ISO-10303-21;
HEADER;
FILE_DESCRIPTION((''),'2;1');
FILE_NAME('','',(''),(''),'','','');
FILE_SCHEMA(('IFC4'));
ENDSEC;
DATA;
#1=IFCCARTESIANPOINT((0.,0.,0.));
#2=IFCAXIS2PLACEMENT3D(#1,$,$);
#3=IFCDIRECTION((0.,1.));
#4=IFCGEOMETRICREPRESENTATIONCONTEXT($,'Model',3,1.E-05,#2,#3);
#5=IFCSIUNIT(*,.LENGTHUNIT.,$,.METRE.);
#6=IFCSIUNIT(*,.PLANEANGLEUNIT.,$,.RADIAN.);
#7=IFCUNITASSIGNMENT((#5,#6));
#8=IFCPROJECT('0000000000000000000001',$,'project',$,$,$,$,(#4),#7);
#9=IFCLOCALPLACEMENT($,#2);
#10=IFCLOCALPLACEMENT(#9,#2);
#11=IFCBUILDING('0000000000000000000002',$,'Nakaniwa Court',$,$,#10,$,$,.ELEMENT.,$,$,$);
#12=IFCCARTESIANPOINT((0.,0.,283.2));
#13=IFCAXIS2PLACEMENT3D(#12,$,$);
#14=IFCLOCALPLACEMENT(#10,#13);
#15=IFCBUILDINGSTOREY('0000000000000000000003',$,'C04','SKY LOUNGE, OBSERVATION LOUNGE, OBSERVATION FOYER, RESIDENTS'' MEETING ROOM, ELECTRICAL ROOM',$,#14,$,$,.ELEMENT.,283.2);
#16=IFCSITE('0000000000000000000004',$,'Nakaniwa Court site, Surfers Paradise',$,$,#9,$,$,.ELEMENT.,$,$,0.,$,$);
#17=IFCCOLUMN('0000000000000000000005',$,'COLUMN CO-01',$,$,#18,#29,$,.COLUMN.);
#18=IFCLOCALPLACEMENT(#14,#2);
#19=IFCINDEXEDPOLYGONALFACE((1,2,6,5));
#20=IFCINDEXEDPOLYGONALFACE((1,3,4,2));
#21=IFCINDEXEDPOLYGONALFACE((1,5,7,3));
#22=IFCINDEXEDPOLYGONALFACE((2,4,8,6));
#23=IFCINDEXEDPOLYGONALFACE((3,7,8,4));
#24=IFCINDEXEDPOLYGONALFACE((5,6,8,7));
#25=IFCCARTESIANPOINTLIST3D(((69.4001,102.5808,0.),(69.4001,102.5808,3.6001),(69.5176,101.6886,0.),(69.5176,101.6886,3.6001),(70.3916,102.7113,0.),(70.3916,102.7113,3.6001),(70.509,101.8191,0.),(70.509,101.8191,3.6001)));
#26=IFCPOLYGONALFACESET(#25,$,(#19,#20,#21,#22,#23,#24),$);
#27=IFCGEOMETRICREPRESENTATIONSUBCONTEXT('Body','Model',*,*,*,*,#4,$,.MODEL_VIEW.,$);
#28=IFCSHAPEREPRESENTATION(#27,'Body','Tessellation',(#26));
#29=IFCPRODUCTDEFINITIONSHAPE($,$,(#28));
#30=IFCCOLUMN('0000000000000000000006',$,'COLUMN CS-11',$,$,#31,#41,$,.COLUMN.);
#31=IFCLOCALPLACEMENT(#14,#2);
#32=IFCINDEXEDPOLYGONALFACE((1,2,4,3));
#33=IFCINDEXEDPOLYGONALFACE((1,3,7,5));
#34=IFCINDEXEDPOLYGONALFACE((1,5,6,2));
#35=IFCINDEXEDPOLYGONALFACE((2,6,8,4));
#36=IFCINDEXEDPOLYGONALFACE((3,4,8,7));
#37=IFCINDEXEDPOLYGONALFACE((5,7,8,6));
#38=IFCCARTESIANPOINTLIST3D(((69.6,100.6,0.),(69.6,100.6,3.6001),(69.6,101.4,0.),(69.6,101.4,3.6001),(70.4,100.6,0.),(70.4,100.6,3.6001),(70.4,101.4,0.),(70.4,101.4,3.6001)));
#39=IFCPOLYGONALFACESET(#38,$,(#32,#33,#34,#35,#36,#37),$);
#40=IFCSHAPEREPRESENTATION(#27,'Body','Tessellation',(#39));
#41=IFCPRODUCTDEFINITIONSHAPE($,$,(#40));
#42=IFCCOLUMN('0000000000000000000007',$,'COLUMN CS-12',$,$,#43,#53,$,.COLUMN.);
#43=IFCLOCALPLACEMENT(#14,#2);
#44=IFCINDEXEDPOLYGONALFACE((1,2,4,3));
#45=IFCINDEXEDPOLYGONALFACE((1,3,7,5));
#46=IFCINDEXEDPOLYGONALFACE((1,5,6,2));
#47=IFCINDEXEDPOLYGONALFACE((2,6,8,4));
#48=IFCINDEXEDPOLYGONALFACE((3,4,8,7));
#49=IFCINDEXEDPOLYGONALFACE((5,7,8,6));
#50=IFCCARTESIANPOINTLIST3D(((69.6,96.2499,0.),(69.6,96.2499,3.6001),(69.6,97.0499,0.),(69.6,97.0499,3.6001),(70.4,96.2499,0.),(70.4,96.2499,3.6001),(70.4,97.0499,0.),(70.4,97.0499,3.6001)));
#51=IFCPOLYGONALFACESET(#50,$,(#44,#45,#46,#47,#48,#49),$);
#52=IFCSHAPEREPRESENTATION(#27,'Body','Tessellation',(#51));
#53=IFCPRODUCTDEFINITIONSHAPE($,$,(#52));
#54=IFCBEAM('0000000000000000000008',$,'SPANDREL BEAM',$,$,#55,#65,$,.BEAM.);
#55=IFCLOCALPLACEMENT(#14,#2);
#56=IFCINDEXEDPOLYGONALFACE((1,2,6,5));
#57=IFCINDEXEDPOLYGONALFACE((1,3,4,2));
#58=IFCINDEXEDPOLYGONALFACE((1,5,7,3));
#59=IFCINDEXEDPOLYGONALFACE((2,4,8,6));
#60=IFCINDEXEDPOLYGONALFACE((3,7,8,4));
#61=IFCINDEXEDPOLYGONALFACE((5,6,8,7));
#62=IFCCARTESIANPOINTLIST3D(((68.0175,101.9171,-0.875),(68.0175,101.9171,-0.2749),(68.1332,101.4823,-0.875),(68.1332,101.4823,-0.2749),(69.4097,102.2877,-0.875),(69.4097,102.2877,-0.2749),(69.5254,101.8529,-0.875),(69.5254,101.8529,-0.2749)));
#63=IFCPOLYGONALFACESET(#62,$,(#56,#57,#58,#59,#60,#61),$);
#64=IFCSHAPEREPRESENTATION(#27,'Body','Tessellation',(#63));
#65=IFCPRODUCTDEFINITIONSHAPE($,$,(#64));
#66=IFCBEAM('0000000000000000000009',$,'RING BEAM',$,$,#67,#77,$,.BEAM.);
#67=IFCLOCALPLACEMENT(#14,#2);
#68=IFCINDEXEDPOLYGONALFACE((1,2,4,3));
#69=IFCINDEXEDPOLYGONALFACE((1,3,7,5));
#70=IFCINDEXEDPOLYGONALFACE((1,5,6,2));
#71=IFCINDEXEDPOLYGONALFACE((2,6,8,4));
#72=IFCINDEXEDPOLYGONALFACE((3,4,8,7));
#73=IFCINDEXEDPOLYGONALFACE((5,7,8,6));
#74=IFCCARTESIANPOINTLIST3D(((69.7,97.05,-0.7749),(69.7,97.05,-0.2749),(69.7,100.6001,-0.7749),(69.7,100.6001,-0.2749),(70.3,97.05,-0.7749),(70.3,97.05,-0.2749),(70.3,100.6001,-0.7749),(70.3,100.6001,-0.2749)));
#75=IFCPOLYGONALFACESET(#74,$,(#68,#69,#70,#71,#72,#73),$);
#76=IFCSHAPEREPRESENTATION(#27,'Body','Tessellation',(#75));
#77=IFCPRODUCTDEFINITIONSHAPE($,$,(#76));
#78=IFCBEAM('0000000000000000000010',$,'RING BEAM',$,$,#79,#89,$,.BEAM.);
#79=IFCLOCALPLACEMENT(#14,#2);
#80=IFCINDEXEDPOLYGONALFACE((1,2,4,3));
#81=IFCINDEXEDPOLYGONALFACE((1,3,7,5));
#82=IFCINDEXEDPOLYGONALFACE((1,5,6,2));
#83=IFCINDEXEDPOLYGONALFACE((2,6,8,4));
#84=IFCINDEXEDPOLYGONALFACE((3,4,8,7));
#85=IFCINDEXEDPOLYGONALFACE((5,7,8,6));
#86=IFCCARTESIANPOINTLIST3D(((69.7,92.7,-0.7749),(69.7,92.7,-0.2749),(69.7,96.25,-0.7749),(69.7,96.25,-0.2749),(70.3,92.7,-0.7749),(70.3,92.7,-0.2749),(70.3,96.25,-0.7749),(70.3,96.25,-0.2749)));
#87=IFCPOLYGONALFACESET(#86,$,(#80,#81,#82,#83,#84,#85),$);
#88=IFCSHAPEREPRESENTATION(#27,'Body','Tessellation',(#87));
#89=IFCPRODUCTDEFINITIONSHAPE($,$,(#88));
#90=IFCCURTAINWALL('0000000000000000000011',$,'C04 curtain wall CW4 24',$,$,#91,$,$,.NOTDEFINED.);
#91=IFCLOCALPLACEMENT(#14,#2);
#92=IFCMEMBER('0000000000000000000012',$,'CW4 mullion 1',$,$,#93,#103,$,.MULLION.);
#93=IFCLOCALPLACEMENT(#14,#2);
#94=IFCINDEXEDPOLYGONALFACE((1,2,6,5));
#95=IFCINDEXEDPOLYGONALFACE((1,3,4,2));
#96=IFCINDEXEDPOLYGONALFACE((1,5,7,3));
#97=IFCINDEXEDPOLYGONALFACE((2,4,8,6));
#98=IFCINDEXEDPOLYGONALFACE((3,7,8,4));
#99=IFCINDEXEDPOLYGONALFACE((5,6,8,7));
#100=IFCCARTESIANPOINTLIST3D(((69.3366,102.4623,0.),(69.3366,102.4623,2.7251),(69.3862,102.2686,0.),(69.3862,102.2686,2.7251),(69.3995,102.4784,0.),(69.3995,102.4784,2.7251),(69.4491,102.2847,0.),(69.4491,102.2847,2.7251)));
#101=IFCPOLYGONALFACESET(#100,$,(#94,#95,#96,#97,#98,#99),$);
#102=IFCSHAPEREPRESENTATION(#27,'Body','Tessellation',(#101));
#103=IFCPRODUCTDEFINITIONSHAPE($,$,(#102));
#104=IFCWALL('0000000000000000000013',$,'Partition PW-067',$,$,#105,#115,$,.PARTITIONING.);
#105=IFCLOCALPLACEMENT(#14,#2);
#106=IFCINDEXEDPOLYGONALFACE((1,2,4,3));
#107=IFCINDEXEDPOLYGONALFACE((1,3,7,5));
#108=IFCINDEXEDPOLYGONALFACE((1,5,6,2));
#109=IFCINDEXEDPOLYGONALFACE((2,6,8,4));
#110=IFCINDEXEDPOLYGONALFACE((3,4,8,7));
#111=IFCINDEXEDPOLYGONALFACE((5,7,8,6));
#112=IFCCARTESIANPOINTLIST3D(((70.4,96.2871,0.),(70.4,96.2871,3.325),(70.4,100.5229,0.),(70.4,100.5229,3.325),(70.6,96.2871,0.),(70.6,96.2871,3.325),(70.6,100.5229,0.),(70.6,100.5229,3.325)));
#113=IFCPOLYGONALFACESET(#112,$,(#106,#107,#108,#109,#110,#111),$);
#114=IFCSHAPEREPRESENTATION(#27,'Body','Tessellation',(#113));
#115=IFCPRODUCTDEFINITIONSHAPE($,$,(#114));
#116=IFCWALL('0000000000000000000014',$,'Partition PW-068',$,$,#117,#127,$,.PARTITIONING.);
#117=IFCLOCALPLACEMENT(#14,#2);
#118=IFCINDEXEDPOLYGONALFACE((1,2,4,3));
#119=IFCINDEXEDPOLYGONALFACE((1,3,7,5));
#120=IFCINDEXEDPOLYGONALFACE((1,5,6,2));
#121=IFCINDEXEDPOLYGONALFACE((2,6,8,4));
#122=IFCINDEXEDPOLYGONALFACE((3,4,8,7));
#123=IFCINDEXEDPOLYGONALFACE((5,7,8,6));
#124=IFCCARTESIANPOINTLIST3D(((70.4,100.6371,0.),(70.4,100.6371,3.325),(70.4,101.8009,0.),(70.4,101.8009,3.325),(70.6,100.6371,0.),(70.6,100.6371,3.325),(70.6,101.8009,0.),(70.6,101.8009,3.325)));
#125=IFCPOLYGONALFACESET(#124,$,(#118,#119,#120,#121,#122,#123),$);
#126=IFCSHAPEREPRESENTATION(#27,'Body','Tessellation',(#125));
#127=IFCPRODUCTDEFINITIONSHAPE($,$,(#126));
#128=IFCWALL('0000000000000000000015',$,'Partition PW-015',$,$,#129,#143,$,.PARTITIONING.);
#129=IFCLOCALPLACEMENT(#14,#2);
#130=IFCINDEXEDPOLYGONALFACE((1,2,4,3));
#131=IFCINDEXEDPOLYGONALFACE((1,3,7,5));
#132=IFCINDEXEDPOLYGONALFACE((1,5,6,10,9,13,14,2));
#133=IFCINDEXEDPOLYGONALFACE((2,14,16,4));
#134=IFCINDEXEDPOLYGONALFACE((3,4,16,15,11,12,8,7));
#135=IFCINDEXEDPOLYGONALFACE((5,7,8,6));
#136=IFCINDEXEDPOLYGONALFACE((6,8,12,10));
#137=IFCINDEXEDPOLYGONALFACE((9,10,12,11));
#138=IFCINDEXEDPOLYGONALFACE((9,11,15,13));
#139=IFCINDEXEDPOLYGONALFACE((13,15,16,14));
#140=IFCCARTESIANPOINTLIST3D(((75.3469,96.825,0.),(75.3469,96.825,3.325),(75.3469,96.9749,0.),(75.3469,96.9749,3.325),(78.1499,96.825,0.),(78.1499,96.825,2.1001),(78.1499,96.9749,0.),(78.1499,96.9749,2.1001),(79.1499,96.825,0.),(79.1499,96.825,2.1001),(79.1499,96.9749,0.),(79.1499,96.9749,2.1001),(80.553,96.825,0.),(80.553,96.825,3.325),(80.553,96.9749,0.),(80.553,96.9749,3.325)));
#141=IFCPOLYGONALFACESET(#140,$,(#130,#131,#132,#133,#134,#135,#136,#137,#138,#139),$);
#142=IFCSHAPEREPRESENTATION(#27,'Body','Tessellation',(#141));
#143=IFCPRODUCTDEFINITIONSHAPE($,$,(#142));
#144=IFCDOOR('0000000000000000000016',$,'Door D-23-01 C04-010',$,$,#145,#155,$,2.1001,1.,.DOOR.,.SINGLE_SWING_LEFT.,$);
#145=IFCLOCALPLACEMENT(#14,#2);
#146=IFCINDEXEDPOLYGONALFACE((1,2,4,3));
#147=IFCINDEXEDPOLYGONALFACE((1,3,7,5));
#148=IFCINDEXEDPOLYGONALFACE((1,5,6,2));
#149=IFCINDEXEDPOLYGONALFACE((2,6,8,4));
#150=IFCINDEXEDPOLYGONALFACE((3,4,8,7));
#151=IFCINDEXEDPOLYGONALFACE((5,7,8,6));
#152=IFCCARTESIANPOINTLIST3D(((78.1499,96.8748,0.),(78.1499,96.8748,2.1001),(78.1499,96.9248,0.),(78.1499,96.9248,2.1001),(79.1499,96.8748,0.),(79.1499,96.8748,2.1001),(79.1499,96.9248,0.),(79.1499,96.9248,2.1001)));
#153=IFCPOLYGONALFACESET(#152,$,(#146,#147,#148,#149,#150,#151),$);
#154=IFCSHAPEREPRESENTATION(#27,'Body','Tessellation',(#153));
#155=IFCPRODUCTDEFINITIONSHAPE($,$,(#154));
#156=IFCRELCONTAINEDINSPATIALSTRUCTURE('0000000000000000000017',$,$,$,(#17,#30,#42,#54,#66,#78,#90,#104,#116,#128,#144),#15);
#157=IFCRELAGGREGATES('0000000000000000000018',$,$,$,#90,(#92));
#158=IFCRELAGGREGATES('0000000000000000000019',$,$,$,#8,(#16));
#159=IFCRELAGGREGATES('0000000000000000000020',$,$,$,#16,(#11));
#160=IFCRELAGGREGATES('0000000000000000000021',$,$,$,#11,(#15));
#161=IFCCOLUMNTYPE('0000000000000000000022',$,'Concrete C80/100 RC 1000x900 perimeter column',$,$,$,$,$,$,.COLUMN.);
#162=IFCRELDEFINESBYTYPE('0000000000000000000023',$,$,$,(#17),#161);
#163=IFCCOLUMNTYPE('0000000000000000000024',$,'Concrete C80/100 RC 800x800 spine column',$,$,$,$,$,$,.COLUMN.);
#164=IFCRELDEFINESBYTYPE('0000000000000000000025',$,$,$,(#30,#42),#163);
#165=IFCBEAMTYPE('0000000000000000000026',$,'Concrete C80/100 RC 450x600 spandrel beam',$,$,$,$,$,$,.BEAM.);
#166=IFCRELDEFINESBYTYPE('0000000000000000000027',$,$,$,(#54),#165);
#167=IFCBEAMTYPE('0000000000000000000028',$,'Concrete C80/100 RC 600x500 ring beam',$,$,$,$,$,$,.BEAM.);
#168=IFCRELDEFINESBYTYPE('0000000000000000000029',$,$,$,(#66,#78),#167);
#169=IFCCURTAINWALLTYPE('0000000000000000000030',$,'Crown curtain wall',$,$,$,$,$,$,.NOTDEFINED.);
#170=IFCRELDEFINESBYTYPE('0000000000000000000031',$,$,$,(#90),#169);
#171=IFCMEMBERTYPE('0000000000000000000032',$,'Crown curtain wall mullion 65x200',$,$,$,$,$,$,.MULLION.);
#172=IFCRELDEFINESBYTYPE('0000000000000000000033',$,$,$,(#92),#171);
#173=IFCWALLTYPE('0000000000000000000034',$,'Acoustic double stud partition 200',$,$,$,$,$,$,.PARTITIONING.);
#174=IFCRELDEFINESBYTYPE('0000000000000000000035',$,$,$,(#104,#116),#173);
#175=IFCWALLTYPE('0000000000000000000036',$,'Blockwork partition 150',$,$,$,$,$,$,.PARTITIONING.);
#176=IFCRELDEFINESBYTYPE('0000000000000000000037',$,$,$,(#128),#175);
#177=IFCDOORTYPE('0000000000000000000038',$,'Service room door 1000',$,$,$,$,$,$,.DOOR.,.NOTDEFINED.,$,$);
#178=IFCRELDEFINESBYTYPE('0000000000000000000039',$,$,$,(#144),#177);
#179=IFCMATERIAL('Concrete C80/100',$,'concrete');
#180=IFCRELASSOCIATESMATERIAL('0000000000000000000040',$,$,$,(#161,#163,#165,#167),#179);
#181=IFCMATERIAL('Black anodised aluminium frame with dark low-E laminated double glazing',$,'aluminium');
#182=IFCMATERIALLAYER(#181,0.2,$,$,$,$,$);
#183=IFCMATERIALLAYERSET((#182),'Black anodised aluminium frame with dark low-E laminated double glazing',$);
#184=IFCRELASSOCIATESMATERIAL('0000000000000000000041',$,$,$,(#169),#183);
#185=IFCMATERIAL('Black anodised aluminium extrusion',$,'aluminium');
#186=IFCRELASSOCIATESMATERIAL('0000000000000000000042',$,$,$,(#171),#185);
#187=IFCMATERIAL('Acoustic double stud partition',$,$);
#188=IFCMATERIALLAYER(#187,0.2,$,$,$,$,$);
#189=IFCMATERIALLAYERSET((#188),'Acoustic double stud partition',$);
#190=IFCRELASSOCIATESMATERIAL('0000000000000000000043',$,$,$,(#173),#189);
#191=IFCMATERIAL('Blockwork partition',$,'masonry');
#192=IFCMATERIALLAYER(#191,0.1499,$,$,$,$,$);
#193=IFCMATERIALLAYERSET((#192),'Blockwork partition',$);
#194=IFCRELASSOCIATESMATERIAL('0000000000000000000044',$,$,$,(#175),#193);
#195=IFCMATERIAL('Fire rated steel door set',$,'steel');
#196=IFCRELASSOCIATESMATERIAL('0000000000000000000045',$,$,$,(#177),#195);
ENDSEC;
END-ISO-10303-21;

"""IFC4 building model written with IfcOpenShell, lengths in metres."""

from ifc_helpers import new_model, si_unit, direction, frame, frame_2d, origin, origin_2d, place, context, subcontext, project, spatial, rectangle, extrude, material, layer, layer_set, material_profile, profile_set, type_object, element, fill, aggregate, save


model = new_model("IFC4")

# Units and contexts
model_context = context("Model", 3, precision=1e-05, world=origin(), true_north=direction((0.0, 1.0)))
body_context = subcontext(model_context, "Body", "Model", "MODEL_VIEW")
ifc_project = project(units=[si_unit("LENGTHUNIT", "METRE"), si_unit("PLANEANGLEUNIT", "RADIAN")], contexts=[model_context])

# Site, building, storey
site_placement = place(None, origin())
site = spatial("IfcSite", under=ifc_project, at=site_placement, Name="Nakaniwa Court site, Surfers Paradise", CompositionType="ELEMENT", RefElevation=0.0)
building_placement = place(site_placement, origin())
building = spatial("IfcBuilding", under=site, at=building_placement, Name="Nakaniwa Court", CompositionType="ELEMENT")
storey_placement = place(building_placement, frame((0.0, 0.0, 283.2)))
storey = spatial("IfcBuildingStorey", under=building, at=storey_placement, Name="C04", Description="SKY LOUNGE, OBSERVATION LOUNGE, OBSERVATION FOYER, RESIDENTS' MEETING ROOM, ELECTRICAL ROOM", CompositionType="ELEMENT", Elevation=283.2)

# Columns
ifc_material_1 = material(Name="Concrete C80/100", Category="concrete")
ifc_material_profile_1 = material_profile(ifc_material_1, rectangle(XDim=1.0, YDim=0.8999, at=origin_2d()), Name="Concrete C80/100 RC 1000x900 perimeter column")
ifc_profile_set_1 = profile_set([ifc_material_profile_1], Name="Concrete C80/100")
column_type_1 = type_object("IfcColumnType", Name="Concrete C80/100 RC 1000x900 perimeter column", PredefinedType="COLUMN", material=ifc_profile_set_1)
column_placement = place(storey_placement, frame((69.9546, 102.2, 0.0), z_axis=(0.0, 0.0, 1.0), x_axis=(-0.991443, -0.130543, 0.0)))
element("IfcColumn", 1, at=column_placement, inside=storey, type_object=column_type_1, Name="COLUMN CO-01", PredefinedType="COLUMN", context=body_context, shape_type="SweptSolid", body=[
    extrude(rectangle(XDim=1.0, YDim=0.8999, at=origin_2d()), origin(), (0.0, 0.0, 1.0), 3.6001),
])
ifc_material_profile_2 = material_profile(ifc_material_1, rectangle(XDim=0.8, YDim=0.8, at=origin_2d()), Name="Concrete C80/100 RC 800x800 spine column")
ifc_profile_set_2 = profile_set([ifc_material_profile_2], Name="Concrete C80/100")
column_type_2 = type_object("IfcColumnType", Name="Concrete C80/100 RC 800x800 spine column", PredefinedType="COLUMN", material=ifc_profile_set_2)
for number, where, z_axis, x_axis, name in (
    (2, (70.0, 101.0, 0.0), (0.0, 0.0, 1.0), (0.0, -1.0, 0.0), "COLUMN CS-11"),
    (3, (70.0, 96.6499, 0.0), (0.0, 0.0, 1.0), (0.0, -1.0, 0.0), "COLUMN CS-12"),
):
    element("IfcColumn", number, at=place(storey_placement, frame(where, z_axis=z_axis, x_axis=x_axis)), inside=storey, type_object=column_type_2, Name=name, PredefinedType="COLUMN", context=body_context, shape_type="SweptSolid", body=[
        extrude(rectangle(XDim=0.8, YDim=0.8, at=origin_2d()), origin(), (0.0, 0.0, 1.0), 3.6001),
    ])

# Beams
ifc_material_profile_3 = material_profile(ifc_material_1, rectangle(XDim=0.45, YDim=0.6001, at=origin_2d()), Name="Concrete C80/100 RC 450x600 spandrel beam")
ifc_profile_set_3 = profile_set([ifc_material_profile_3], Name="Concrete C80/100")
beam_type_1 = type_object("IfcBeamType", Name="Concrete C80/100 RC 450x600 spandrel beam", PredefinedType="BEAM", material=ifc_profile_set_3)
beam_placement = place(storey_placement, frame((69.4675, 102.0703, -0.575), z_axis=(-0.966342, -0.257262, 0.0), x_axis=(0.257262, -0.966342, 0.0)))
element("IfcBeam", 4, at=beam_placement, inside=storey, type_object=beam_type_1, Name="SPANDREL BEAM", PredefinedType="BEAM", context=body_context, shape_type="SweptSolid", body=[
    extrude(rectangle(XDim=0.45, YDim=0.6001, at=origin_2d()), origin(), (0.0, 0.0, 1.0), 1.4407),
])
ifc_material_profile_4 = material_profile(ifc_material_1, rectangle(XDim=0.6001, YDim=0.5, at=origin_2d()), Name="Concrete C80/100 RC 600x500 ring beam")
ifc_profile_set_4 = profile_set([ifc_material_profile_4], Name="Concrete C80/100")
beam_type_2 = type_object("IfcBeamType", Name="Concrete C80/100 RC 600x500 ring beam", PredefinedType="BEAM", material=ifc_profile_set_4)
for number, where, z_axis, x_axis, name in (
    (5, (70.0, 100.6001, -0.5249), (0.0, -1.0, 0.0), (1.0, 0.0, 0.0), "RING BEAM"),
    (6, (70.0, 96.25, -0.5249), (0.0, -1.0, 0.0), (1.0, 0.0, 0.0), "RING BEAM"),
):
    element("IfcBeam", number, at=place(storey_placement, frame(where, z_axis=z_axis, x_axis=x_axis)), inside=storey, type_object=beam_type_2, Name=name, PredefinedType="BEAM", context=body_context, shape_type="SweptSolid", body=[
        extrude(rectangle(XDim=0.6001, YDim=0.5, at=origin_2d()), origin(), (0.0, 0.0, 1.0), 3.55),
    ])

# Curtain wall, member
ifc_material_2 = material(Name="Black anodised aluminium frame with dark low-E laminated double glazing", Category="aluminium")
ifc_layer_1 = layer(ifc_material_2, 0.2)
ifc_layer_set_1 = layer_set([ifc_layer_1], Name="Black anodised aluminium frame with dark low-E laminated double glazing")
curtain_wall_type = type_object("IfcCurtainWallType", Name="Crown curtain wall", PredefinedType="NOTDEFINED", material=ifc_layer_set_1)
curtain_wall_placement = place(storey_placement, origin())
curtain_wall = element("IfcCurtainWall", 7, at=curtain_wall_placement, inside=storey, type_object=curtain_wall_type, Name="C04 curtain wall CW4 24", PredefinedType="NOTDEFINED")
ifc_material_3 = material(Name="Black anodised aluminium extrusion", Category="aluminium")
ifc_material_profile_5 = material_profile(ifc_material_3, rectangle(XDim=0.2, YDim=0.0649, at=origin_2d()), Name="Crown curtain wall mullion 65x200")
ifc_profile_set_5 = profile_set([ifc_material_profile_5], Name="Black anodised aluminium extrusion")
member_type = type_object("IfcMemberType", Name="Crown curtain wall mullion 65x200", PredefinedType="MULLION", material=ifc_profile_set_5)
member_placement = place(storey_placement, frame((69.3928, 102.3735, 0.0), z_axis=(0.0, 0.0, 1.0), x_axis=(0.248053, -0.968746, 0.0)))
member = element("IfcMember", 8, at=member_placement, type_object=member_type, Name="CW4 mullion 1", PredefinedType="MULLION", context=body_context, shape_type="SweptSolid", body=[
    extrude(rectangle(XDim=0.2, YDim=0.0649, at=origin_2d()), origin(), (0.0, 0.0, 1.0), 2.7251),
])
aggregate(curtain_wall, [member])

# Walls
ifc_material_4 = material(Name="Acoustic double stud partition")
ifc_layer_2 = layer(ifc_material_4, 0.2)
ifc_layer_set_2 = layer_set([ifc_layer_2], Name="Acoustic double stud partition")
wall_type_1 = type_object("IfcWallType", Name="Acoustic double stud partition 200", PredefinedType="PARTITIONING", material=ifc_layer_set_2)
wall_1_placement = place(storey_placement, frame((70.5, 96.2871, 0.0), z_axis=(0.0, 0.0, 1.0), x_axis=(0.0, 1.0, 0.0)))
element("IfcWall", 9, at=wall_1_placement, inside=storey, type_object=wall_type_1, Name="Partition PW-067", PredefinedType="PARTITIONING", context=body_context, shape_type="SweptSolid", body=[
    extrude(rectangle(XDim=4.2358, YDim=0.2, at=frame_2d((2.1179, 0.0))), origin(), (0.0, 0.0, 1.0), 3.325),
])
wall_2_placement = place(storey_placement, frame((70.5, 100.637, 0.0), z_axis=(0.0, 0.0, 1.0), x_axis=(0.0, 1.0, 0.0)))
element("IfcWall", 10, at=wall_2_placement, inside=storey, type_object=wall_type_1, Name="Partition PW-068", PredefinedType="PARTITIONING", context=body_context, shape_type="SweptSolid", body=[
    extrude(rectangle(XDim=1.1638, YDim=0.2, at=frame_2d((0.582, 0.0))), origin(), (0.0, 0.0, 1.0), 3.325),
])

# Wall, opening, door
ifc_material_5 = material(Name="Blockwork partition", Category="masonry")
ifc_layer_3 = layer(ifc_material_5, 0.1499)
ifc_layer_set_3 = layer_set([ifc_layer_3], Name="Blockwork partition")
wall_type_2 = type_object("IfcWallType", Name="Blockwork partition 150", PredefinedType="PARTITIONING", material=ifc_layer_set_3)
wall_3_placement = place(storey_placement, frame((75.3469, 96.8999, 0.0), z_axis=(0.0, 0.0, 1.0), x_axis=(1.0, 0.0, 0.0)))
wall_3 = element("IfcWall", 11, at=wall_3_placement, inside=storey, type_object=wall_type_2, Name="Partition PW-015", PredefinedType="PARTITIONING", context=body_context, shape_type="SweptSolid", body=[
    extrude(rectangle(XDim=5.2061, YDim=0.1499, at=frame_2d((2.603, 0.0))), origin(), (0.0, 0.0, 1.0), 3.325),
])
opening_1_placement = place(wall_3_placement, frame((2.803, 0.0, 0.0)))
opening_1 = element("IfcOpeningElement", 12, at=opening_1_placement, cuts=wall_3, PredefinedType="OPENING", context=body_context, shape_type="SweptSolid", body=[
    extrude(rectangle(XDim=1.0, YDim=2.1001, at=frame_2d((0.5, 1.05))), frame((0.0, 0.085, 0.0), z_axis=(0.0, -1.0, 0.0), x_axis=(1.0, 0.0, 0.0)), (0.0, 0.0, 1.0), 0.1699),
])
ifc_material_6 = material(Name="Fire rated steel door set", Category="steel")
door_type_1 = type_object("IfcDoorType", Name="Service room door 1000", OperationType="NOTDEFINED", PredefinedType="DOOR", material=ifc_material_6)
door_1_placement = place(opening_1_placement, origin())
door_1 = element("IfcDoor", 13, at=door_1_placement, inside=storey, type_object=door_type_1, Name="Door D-23-01 C04-010", OperationType="SINGLE_SWING_LEFT", OverallHeight=2.1001, OverallWidth=1.0, PredefinedType="DOOR", context=body_context, shape_type="SweptSolid", body=[
    extrude(rectangle(XDim=1.0, YDim=2.1001, at=frame_2d((0.5, 1.05))), frame((0.0, 0.0249, 0.0), z_axis=(0.0, -1.0, 0.0), x_axis=(1.0, 0.0, 0.0)), (0.0, 0.0, 1.0), 0.05),
])
fill(opening_1, door_1)

save(model, "model.ifc")
